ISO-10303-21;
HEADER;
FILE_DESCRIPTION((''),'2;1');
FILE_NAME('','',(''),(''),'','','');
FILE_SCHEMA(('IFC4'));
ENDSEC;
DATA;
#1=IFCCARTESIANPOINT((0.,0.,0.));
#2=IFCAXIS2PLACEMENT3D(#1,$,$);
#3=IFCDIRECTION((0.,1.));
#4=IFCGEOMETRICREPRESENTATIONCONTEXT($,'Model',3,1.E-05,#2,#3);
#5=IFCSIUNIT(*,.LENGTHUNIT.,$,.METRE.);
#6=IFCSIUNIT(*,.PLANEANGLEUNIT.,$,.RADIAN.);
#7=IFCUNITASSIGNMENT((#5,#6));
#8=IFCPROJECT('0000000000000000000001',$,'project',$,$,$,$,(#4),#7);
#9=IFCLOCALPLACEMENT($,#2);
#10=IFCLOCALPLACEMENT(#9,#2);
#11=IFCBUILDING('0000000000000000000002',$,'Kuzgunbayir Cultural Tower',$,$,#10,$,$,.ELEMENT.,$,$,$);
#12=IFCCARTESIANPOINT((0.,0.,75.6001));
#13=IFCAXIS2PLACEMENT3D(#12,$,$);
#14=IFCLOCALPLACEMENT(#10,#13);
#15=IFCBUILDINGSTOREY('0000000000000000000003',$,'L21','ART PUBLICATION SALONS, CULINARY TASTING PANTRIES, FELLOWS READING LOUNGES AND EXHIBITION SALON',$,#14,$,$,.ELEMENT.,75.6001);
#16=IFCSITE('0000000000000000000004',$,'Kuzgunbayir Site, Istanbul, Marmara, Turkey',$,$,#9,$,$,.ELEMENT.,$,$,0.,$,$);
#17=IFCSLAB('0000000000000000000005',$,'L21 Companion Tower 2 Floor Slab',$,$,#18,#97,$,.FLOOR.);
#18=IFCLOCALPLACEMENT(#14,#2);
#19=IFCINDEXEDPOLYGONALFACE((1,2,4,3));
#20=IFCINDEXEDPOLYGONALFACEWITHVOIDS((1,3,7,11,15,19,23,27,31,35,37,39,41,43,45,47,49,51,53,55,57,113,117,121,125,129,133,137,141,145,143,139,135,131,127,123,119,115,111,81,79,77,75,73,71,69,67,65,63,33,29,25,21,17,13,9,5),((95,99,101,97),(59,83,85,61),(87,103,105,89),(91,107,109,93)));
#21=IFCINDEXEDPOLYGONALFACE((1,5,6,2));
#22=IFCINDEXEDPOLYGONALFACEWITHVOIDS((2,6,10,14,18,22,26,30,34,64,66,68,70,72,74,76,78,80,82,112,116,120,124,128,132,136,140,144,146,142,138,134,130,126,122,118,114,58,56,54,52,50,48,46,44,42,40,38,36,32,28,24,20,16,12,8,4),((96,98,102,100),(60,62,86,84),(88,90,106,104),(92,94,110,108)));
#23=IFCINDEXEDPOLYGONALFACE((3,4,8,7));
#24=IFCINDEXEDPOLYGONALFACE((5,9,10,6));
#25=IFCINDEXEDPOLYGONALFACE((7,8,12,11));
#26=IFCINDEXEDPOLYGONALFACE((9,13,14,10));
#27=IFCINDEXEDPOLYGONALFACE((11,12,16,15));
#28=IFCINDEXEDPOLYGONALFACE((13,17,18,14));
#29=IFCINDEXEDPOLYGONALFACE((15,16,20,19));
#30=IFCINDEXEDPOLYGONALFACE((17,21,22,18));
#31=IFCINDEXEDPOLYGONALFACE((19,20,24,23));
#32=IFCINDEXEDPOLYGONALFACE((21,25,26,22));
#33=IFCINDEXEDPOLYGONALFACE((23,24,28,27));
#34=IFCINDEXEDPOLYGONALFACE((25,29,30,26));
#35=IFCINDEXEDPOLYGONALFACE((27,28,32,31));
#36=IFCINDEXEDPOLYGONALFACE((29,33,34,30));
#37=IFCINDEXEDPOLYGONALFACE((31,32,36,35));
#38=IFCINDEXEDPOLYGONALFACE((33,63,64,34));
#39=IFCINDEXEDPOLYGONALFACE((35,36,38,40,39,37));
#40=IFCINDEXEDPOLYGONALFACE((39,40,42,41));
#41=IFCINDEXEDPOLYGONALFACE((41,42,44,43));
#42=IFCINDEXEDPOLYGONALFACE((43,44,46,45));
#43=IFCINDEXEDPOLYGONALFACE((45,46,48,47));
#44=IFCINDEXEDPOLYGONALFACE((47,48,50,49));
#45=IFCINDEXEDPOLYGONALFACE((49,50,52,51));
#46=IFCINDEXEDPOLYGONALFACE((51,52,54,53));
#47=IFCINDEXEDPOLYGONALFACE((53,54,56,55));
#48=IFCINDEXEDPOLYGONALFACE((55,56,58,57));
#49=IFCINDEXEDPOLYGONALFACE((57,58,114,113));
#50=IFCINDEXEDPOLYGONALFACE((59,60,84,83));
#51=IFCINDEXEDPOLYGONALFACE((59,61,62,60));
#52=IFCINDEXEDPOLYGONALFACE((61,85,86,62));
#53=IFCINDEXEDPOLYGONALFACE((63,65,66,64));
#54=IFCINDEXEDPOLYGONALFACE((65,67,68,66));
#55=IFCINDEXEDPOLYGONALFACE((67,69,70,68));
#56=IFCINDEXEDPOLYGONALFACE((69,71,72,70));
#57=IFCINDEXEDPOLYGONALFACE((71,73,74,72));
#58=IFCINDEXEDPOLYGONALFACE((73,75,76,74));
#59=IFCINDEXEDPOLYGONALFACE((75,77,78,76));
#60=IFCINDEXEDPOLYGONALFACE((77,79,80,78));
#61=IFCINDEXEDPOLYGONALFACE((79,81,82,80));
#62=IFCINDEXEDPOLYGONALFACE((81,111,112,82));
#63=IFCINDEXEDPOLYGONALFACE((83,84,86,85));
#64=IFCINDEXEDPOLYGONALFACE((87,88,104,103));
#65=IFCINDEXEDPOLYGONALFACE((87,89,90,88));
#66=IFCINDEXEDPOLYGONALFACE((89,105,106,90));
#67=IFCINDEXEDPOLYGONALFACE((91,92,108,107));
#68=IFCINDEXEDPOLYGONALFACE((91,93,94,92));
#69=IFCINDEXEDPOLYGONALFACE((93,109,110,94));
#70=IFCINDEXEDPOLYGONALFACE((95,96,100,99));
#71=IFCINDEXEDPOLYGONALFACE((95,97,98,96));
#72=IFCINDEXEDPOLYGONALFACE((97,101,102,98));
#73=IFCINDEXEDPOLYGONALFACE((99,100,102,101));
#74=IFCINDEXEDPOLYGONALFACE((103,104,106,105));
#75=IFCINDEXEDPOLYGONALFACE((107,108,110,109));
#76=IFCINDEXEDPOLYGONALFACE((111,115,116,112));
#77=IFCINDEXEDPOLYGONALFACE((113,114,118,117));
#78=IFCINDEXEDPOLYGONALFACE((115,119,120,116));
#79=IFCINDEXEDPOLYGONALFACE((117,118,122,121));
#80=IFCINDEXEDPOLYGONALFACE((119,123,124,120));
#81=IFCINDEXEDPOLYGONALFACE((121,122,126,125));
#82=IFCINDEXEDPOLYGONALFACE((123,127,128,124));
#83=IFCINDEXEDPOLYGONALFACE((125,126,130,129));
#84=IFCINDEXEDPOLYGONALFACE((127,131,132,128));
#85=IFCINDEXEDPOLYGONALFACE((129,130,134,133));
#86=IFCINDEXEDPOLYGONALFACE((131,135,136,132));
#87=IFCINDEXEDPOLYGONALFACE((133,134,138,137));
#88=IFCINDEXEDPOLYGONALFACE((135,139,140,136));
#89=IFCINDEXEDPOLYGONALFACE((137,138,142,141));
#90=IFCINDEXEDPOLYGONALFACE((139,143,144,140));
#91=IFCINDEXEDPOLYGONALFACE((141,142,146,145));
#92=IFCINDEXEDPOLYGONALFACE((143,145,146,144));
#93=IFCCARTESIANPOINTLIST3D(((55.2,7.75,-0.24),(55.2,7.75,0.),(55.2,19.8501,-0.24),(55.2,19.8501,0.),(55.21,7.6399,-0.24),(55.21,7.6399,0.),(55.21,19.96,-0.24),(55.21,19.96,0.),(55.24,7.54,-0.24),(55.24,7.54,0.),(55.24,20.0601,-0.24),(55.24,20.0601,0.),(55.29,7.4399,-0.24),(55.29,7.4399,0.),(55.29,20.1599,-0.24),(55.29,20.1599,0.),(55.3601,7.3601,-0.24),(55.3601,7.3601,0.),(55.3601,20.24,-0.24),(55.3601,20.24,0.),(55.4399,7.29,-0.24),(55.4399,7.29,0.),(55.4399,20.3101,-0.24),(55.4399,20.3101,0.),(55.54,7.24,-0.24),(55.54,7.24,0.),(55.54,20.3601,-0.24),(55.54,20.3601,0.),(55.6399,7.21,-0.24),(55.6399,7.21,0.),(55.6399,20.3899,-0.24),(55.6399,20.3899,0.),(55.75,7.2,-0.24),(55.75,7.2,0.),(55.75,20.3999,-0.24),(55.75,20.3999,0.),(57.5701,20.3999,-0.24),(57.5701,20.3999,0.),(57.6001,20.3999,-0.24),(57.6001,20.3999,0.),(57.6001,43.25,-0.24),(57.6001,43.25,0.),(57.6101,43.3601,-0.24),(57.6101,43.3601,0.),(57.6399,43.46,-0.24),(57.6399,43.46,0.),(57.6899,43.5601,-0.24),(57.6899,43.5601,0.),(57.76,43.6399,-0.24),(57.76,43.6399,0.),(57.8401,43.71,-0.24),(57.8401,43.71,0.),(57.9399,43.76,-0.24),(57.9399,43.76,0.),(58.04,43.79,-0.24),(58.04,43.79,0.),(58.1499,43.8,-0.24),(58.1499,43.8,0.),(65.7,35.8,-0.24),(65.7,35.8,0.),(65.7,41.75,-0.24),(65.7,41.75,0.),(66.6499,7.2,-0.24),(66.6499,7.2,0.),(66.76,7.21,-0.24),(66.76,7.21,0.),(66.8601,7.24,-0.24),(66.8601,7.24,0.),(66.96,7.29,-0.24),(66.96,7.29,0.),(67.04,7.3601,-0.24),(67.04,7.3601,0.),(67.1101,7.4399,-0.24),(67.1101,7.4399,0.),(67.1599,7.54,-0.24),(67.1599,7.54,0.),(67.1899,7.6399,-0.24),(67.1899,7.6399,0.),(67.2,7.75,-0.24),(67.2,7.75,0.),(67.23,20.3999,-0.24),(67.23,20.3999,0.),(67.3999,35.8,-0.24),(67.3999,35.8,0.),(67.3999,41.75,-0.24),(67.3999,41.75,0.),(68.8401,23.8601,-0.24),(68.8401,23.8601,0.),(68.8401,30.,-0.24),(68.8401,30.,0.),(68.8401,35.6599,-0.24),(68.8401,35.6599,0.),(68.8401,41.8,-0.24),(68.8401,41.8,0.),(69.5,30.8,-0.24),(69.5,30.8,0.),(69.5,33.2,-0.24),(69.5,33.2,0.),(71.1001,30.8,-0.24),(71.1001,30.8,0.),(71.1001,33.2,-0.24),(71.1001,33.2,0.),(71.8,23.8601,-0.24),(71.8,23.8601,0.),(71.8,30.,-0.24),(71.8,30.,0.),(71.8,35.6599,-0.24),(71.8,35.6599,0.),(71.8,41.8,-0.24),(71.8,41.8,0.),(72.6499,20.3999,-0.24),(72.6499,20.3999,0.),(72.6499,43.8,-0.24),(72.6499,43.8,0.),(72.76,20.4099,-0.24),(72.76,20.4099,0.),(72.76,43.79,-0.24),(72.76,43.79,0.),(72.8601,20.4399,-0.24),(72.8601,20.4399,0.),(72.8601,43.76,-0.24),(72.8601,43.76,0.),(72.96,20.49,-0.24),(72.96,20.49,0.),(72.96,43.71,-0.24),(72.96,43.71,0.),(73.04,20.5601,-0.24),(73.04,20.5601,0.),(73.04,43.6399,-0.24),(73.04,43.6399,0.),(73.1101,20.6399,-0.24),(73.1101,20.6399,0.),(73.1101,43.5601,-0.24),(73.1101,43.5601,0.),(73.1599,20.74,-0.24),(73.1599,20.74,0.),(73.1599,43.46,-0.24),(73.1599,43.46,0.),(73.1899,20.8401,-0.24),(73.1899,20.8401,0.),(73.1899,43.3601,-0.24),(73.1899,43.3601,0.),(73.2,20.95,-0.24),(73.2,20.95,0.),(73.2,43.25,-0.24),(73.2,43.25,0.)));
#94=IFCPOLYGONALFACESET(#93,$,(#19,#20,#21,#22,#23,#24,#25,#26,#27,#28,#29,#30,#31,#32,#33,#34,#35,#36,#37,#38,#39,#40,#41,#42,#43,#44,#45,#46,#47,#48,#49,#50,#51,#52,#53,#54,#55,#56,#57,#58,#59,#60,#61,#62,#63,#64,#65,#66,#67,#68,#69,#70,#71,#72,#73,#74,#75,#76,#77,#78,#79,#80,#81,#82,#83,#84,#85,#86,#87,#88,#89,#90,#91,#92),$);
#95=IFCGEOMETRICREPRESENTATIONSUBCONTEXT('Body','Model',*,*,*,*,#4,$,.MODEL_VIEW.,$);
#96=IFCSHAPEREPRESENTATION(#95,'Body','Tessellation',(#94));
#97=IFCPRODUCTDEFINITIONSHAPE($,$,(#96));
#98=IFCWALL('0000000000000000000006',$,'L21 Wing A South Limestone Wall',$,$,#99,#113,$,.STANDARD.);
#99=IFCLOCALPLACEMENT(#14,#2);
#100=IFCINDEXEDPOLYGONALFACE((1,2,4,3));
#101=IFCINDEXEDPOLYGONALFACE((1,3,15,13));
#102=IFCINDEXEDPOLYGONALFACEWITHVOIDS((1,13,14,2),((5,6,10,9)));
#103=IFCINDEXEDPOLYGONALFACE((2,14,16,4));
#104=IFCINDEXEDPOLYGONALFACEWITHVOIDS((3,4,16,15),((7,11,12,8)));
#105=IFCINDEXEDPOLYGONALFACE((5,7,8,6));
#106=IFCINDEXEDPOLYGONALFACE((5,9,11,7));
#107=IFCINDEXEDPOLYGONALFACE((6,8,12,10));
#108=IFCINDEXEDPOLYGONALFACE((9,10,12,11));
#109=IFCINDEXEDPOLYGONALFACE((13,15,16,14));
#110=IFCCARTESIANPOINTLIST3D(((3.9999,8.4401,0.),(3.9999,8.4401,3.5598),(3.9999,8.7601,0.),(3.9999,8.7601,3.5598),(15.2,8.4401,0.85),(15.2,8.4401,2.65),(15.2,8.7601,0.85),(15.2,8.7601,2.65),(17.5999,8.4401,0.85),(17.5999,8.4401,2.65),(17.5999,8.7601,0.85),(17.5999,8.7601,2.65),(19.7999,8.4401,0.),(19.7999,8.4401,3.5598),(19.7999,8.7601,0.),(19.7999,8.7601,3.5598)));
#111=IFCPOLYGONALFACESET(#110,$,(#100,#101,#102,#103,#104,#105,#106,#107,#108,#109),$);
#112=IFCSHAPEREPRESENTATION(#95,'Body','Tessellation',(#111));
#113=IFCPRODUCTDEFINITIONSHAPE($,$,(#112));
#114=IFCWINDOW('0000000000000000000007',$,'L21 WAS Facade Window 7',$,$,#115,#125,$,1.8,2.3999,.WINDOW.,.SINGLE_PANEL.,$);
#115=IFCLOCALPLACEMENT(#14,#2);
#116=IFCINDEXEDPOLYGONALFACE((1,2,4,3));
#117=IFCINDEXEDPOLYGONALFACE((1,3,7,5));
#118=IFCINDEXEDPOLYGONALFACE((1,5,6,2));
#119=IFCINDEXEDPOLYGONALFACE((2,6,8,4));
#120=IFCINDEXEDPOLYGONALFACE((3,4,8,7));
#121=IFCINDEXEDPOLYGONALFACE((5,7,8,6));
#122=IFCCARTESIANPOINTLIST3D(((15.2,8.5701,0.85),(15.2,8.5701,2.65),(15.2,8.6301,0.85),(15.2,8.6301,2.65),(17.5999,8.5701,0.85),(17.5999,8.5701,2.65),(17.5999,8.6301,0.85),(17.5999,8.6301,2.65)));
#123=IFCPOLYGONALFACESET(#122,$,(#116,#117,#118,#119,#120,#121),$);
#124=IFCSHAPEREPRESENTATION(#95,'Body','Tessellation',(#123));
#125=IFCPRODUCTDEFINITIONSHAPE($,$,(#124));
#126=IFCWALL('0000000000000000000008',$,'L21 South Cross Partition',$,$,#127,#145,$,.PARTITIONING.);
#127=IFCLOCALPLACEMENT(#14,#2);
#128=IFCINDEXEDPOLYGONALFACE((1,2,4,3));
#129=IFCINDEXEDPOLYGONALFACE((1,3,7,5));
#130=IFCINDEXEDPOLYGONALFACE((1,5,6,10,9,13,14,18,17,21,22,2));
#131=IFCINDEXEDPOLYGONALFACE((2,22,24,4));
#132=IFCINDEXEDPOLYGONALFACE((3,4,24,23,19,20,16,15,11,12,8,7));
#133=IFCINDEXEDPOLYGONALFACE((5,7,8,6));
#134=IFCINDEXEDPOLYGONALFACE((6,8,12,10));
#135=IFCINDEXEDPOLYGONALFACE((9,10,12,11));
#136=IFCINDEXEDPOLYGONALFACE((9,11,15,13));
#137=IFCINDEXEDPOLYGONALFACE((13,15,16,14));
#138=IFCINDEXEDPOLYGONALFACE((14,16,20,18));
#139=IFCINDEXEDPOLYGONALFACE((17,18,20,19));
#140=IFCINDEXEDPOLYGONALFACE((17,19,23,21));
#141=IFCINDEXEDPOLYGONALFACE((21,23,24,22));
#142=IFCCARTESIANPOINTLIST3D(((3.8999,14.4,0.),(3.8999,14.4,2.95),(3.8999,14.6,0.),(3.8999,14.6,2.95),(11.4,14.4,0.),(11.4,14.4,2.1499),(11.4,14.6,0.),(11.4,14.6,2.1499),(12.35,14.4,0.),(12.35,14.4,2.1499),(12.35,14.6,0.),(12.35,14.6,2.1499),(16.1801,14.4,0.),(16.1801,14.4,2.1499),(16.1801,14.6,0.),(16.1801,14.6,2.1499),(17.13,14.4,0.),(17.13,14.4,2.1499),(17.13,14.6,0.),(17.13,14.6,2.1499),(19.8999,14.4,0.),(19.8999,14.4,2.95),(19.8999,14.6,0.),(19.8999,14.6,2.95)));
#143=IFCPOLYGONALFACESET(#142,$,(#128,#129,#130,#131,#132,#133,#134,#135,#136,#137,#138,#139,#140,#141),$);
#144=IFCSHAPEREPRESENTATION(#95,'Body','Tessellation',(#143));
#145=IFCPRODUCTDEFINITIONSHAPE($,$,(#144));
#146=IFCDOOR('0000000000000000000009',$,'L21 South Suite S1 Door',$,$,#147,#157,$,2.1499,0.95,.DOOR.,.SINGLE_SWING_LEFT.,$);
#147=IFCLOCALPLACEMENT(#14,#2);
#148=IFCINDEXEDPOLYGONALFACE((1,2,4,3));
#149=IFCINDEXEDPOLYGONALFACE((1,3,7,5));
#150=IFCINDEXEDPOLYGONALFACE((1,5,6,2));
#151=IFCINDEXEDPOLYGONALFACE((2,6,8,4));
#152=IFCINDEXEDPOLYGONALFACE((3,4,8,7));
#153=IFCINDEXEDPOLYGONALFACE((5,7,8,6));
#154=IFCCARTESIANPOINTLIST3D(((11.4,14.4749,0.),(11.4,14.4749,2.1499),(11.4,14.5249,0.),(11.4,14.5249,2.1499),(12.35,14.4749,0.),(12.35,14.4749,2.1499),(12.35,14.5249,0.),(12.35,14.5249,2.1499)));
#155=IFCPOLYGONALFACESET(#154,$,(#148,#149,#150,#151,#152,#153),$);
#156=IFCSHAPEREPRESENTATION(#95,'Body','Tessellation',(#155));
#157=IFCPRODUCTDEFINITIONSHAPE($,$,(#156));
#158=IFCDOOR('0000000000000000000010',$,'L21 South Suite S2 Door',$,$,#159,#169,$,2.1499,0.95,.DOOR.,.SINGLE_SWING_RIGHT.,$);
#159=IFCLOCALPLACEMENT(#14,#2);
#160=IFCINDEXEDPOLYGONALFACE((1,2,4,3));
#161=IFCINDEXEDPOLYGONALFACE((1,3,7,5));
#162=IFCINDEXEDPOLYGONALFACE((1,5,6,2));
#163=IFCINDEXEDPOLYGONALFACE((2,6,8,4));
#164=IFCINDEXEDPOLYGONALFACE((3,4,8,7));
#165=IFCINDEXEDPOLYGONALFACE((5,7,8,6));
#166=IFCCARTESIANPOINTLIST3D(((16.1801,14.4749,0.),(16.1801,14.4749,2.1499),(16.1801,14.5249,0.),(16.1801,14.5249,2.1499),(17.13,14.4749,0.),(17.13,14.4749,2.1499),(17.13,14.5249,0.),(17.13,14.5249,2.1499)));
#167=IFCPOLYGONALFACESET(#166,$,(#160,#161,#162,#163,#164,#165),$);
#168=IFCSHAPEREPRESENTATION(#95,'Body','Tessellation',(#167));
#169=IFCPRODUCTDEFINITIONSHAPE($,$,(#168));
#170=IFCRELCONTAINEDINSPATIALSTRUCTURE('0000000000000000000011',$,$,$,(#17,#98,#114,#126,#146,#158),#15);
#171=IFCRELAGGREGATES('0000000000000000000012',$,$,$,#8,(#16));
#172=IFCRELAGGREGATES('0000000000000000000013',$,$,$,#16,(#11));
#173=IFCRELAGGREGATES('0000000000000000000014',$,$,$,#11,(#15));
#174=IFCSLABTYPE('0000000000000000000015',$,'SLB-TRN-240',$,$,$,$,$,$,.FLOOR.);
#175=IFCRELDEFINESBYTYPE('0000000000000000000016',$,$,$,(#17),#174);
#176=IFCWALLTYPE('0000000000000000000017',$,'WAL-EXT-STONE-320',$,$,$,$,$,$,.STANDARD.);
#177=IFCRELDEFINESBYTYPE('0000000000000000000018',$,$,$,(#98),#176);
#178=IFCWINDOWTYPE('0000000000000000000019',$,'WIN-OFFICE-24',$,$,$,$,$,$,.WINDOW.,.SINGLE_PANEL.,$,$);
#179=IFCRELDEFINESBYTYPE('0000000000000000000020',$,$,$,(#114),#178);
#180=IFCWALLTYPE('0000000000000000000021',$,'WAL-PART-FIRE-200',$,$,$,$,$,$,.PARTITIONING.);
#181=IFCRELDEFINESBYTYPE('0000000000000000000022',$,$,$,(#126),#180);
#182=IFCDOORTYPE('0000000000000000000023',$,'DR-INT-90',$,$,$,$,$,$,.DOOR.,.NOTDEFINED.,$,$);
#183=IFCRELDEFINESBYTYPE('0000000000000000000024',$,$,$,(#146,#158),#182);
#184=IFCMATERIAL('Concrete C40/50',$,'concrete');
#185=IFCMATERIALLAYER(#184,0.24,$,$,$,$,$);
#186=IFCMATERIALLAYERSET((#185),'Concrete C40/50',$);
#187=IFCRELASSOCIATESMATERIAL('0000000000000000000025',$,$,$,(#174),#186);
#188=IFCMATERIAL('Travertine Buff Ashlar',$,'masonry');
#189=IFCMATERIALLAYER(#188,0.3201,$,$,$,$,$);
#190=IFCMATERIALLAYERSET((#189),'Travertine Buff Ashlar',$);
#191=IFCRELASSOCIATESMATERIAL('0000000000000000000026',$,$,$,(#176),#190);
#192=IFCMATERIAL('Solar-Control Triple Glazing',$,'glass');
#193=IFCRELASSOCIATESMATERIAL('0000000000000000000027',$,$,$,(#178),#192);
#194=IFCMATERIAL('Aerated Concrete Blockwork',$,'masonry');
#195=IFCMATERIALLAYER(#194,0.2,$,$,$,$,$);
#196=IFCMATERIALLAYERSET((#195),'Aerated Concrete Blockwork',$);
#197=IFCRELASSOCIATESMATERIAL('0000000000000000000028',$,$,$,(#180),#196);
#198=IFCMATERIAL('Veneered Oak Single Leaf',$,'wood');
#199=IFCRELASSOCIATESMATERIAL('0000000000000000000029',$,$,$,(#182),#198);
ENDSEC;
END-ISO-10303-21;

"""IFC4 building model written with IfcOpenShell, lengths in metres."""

from ifc_helpers import new_model, si_unit, direction, frame, frame_2d, origin, place, context, subcontext, project, spatial, polyline, rectangle, outline, extrude, material, layer, layer_set, type_object, element, fill, save


model = new_model("IFC4")

# Units and contexts
model_context = context("Model", 3, precision=1e-05, world=origin(), true_north=direction((0.0, 1.0)))
body_context = subcontext(model_context, "Body", "Model", "MODEL_VIEW")
ifc_project = project(units=[si_unit("LENGTHUNIT", "METRE"), si_unit("PLANEANGLEUNIT", "RADIAN")], contexts=[model_context])

# Site, building, storey
site_placement = place(None, origin())
site = spatial("IfcSite", under=ifc_project, at=site_placement, Name="Kuzgunbayir Site, Istanbul, Marmara, Turkey", CompositionType="ELEMENT", RefElevation=0.0)
building_placement = place(site_placement, origin())
building = spatial("IfcBuilding", under=site, at=building_placement, Name="Kuzgunbayir Cultural Tower", CompositionType="ELEMENT")
storey_placement = place(building_placement, frame((0.0, 0.0, 75.6001)))
storey = spatial("IfcBuildingStorey", under=building, at=storey_placement, Name="L21", Description="ART PUBLICATION SALONS, CULINARY TASTING PANTRIES, FELLOWS READING LOUNGES AND EXHIBITION SALON", CompositionType="ELEMENT", Elevation=75.6001)

# Shared definitions
ifc_material_1 = material(Name="Concrete C40/50", Category="concrete")

# Slab
ifc_layer_1 = layer(ifc_material_1, 0.24)
ifc_layer_set_1 = layer_set([ifc_layer_1], Name="Concrete C40/50")
slab_type_1 = type_object("IfcSlabType", Name="SLB-TRN-240", PredefinedType="FLOOR", material=ifc_layer_set_1)
slab_1_placement = place(storey_placement, frame((0.0, 0.0, -0.24)))
element("IfcSlab", 1, at=slab_1_placement, inside=storey, type_object=slab_type_1, Name="L21 Companion Tower 2 Floor Slab", PredefinedType="FLOOR", context=body_context, shape_type="SweptSolid", body=[
    extrude(outline(polyline([(57.6001, 20.3999), (57.6001, 43.25), (57.6101, 43.3601), (57.6399, 43.46), (57.6899, 43.5601), (57.76, 43.6399), (57.8401, 43.71), (57.9399, 43.76), (58.04, 43.79), (58.1499, 43.8), (72.6499, 43.8), (72.76, 43.79), (72.8601, 43.76), (72.96, 43.71), (73.04, 43.6399), (73.1101, 43.5601), (73.1599, 43.46), (73.1899, 43.3601), (73.2, 43.25), (73.2, 20.95), (73.1899, 20.8401), (73.1599, 20.74), (73.1101, 20.6399), (73.04, 20.5601), (72.96, 20.49), (72.8601, 20.4399), (72.76, 20.4099), (72.6499, 20.3999), (67.23, 20.3999), (67.2, 7.75), (67.1899, 7.6399), (67.1599, 7.54), (67.1101, 7.4399), (67.04, 7.3601), (66.96, 7.29), (66.8601, 7.24), (66.76, 7.21), (66.6499, 7.2), (55.75, 7.2), (55.6399, 7.21), (55.54, 7.24), (55.4399, 7.29), (55.3601, 7.3601), (55.29, 7.4399), (55.24, 7.54), (55.21, 7.6399), (55.2, 7.75), (55.2, 19.8501), (55.21, 19.96), (55.24, 20.0601), (55.29, 20.1599), (55.3601, 20.24), (55.4399, 20.3101), (55.54, 20.3601), (55.6399, 20.3899), (55.75, 20.3999), (57.5701, 20.3999), (57.6001, 20.3999)]), holes=[polyline([(68.8401, 23.8601), (68.8401, 30.0), (71.8, 30.0), (71.8, 23.8601), (68.8401, 23.8601)]), polyline([(68.8401, 35.6599), (68.8401, 41.8), (71.8, 41.8), (71.8, 35.6599), (68.8401, 35.6599)]), polyline([(65.7, 35.8), (65.7, 41.75), (67.3999, 41.75), (67.3999, 35.8), (65.7, 35.8)]), polyline([(69.5, 30.8), (69.5, 33.2), (71.1001, 33.2), (71.1001, 30.8), (69.5, 30.8)])]), origin(), (0.0, 0.0, 1.0), 0.24),
])

# Wall, opening, window
ifc_material_2 = material(Name="Travertine Buff Ashlar", Category="masonry")
ifc_layer_2 = layer(ifc_material_2, 0.3201)
ifc_layer_set_2 = layer_set([ifc_layer_2], Name="Travertine Buff Ashlar")
wall_type_1 = type_object("IfcWallType", Name="WAL-EXT-STONE-320", PredefinedType="STANDARD", material=ifc_layer_set_2)
wall_1_placement = place(storey_placement, frame((4.0, 8.6001, 0.0), z_axis=(0.0, 0.0, 1.0), x_axis=(1.0, 0.0, 0.0)))
wall_1 = element("IfcWall", 2, at=wall_1_placement, inside=storey, type_object=wall_type_1, Name="L21 Wing A South Limestone Wall", PredefinedType="STANDARD", context=body_context, shape_type="SweptSolid", body=[
    extrude(rectangle(XDim=15.8, YDim=0.3201, at=frame_2d((7.8999, 0.0))), origin(), (0.0, 0.0, 1.0), 3.5598),
])
opening_1_placement = place(wall_1_placement, frame((11.2, 0.0, 0.8501)))
opening_1 = element("IfcOpeningElement", 3, at=opening_1_placement, cuts=wall_1, PredefinedType="OPENING", context=body_context, shape_type="SweptSolid", body=[
    extrude(rectangle(XDim=2.3999, YDim=1.8, at=frame_2d((1.2, 0.8999))), frame((0.0, 0.1699, 0.0), z_axis=(0.0, -1.0, 0.0), x_axis=(1.0, 0.0, 0.0)), (0.0, 0.0, 1.0), 0.3401),
])
ifc_material_3 = material(Name="Solar-Control Triple Glazing", Category="glass")
window_type = type_object("IfcWindowType", Name="WIN-OFFICE-24", PartitioningType="SINGLE_PANEL", PredefinedType="WINDOW", material=ifc_material_3)
window_placement = place(opening_1_placement, origin())
window = element("IfcWindow", 4, at=window_placement, inside=storey, type_object=window_type, Name="L21 WAS Facade Window 7", OverallHeight=1.8, OverallWidth=2.3999, PartitioningType="SINGLE_PANEL", PredefinedType="WINDOW", context=body_context, shape_type="SweptSolid", body=[
    extrude(rectangle(XDim=2.3999, YDim=1.8, at=frame_2d((1.2, 0.8999))), frame((0.0, 0.03, 0.0), z_axis=(0.0, -1.0, 0.0), x_axis=(1.0, 0.0, 0.0)), (0.0, 0.0, 1.0), 0.0601),
])
fill(opening_1, window)

# Wall, openings, doors
ifc_material_4 = material(Name="Aerated Concrete Blockwork", Category="masonry")
ifc_layer_3 = layer(ifc_material_4, 0.2)
ifc_layer_set_3 = layer_set([ifc_layer_3], Name="Aerated Concrete Blockwork")
wall_type_2 = type_object("IfcWallType", Name="WAL-PART-FIRE-200", PredefinedType="PARTITIONING", material=ifc_layer_set_3)
wall_2_placement = place(storey_placement, frame((3.8999, 14.5, 0.0), z_axis=(0.0, 0.0, 1.0), x_axis=(1.0, 0.0, 0.0)))
wall_2 = element("IfcWall", 5, at=wall_2_placement, inside=storey, type_object=wall_type_2, Name="L21 South Cross Partition", PredefinedType="PARTITIONING", context=body_context, shape_type="SweptSolid", body=[
    extrude(rectangle(XDim=16.0, YDim=0.2, at=frame_2d((8.0, 0.0))), origin(), (0.0, 0.0, 1.0), 2.95),
])
opening_2_placement = place(wall_2_placement, frame((7.5, 0.0, 0.0)))
opening_2 = element("IfcOpeningElement", 6, at=opening_2_placement, cuts=wall_2, PredefinedType="OPENING", context=body_context, shape_type="SweptSolid", body=[
    extrude(rectangle(XDim=0.95, YDim=2.1499, at=frame_2d((0.4751, 1.075))), frame((0.0, 0.1099, 0.0), z_axis=(0.0, -1.0, 0.0), x_axis=(1.0, 0.0, 0.0)), (0.0, 0.0, 1.0), 0.22),
])
opening_3_placement = place(wall_2_placement, frame((12.28, 0.0, 0.0)))
opening_3 = element("IfcOpeningElement", 7, at=opening_3_placement, cuts=wall_2, PredefinedType="OPENING", context=body_context, shape_type="SweptSolid", body=[
    extrude(rectangle(XDim=0.95, YDim=2.1499, at=frame_2d((0.4751, 1.075))), frame((0.0, 0.1099, 0.0), z_axis=(0.0, -1.0, 0.0), x_axis=(1.0, 0.0, 0.0)), (0.0, 0.0, 1.0), 0.22),
])
ifc_material_5 = material(Name="Veneered Oak Single Leaf", Category="wood")
door_type = type_object("IfcDoorType", Name="DR-INT-90", OperationType="NOTDEFINED", PredefinedType="DOOR", material=ifc_material_5)
door_1_placement = place(opening_2_placement, origin())
door_1 = element("IfcDoor", 8, at=door_1_placement, inside=storey, type_object=door_type, Name="L21 South Suite S1 Door", OperationType="SINGLE_SWING_LEFT", OverallHeight=2.1499, OverallWidth=0.95, PredefinedType="DOOR", context=body_context, shape_type="SweptSolid", body=[
    extrude(rectangle(XDim=0.95, YDim=2.1499, at=frame_2d((0.4751, 1.075))), frame((0.0, 0.0249, 0.0), z_axis=(0.0, -1.0, 0.0), x_axis=(1.0, 0.0, 0.0)), (0.0, 0.0, 1.0), 0.05),
])
fill(opening_2, door_1)
door_2_placement = place(opening_3_placement, origin())
door_2 = element("IfcDoor", 9, at=door_2_placement, inside=storey, type_object=door_type, Name="L21 South Suite S2 Door", OperationType="SINGLE_SWING_RIGHT", OverallHeight=2.1499, OverallWidth=0.95, PredefinedType="DOOR", context=body_context, shape_type="SweptSolid", body=[
    extrude(rectangle(XDim=0.95, YDim=2.1499, at=frame_2d((0.4751, 1.075))), frame((0.0, 0.0249, 0.0), z_axis=(0.0, -1.0, 0.0), x_axis=(1.0, 0.0, 0.0)), (0.0, 0.0, 1.0), 0.05),
])
fill(opening_3, door_2)

save(model, "model.ifc")
